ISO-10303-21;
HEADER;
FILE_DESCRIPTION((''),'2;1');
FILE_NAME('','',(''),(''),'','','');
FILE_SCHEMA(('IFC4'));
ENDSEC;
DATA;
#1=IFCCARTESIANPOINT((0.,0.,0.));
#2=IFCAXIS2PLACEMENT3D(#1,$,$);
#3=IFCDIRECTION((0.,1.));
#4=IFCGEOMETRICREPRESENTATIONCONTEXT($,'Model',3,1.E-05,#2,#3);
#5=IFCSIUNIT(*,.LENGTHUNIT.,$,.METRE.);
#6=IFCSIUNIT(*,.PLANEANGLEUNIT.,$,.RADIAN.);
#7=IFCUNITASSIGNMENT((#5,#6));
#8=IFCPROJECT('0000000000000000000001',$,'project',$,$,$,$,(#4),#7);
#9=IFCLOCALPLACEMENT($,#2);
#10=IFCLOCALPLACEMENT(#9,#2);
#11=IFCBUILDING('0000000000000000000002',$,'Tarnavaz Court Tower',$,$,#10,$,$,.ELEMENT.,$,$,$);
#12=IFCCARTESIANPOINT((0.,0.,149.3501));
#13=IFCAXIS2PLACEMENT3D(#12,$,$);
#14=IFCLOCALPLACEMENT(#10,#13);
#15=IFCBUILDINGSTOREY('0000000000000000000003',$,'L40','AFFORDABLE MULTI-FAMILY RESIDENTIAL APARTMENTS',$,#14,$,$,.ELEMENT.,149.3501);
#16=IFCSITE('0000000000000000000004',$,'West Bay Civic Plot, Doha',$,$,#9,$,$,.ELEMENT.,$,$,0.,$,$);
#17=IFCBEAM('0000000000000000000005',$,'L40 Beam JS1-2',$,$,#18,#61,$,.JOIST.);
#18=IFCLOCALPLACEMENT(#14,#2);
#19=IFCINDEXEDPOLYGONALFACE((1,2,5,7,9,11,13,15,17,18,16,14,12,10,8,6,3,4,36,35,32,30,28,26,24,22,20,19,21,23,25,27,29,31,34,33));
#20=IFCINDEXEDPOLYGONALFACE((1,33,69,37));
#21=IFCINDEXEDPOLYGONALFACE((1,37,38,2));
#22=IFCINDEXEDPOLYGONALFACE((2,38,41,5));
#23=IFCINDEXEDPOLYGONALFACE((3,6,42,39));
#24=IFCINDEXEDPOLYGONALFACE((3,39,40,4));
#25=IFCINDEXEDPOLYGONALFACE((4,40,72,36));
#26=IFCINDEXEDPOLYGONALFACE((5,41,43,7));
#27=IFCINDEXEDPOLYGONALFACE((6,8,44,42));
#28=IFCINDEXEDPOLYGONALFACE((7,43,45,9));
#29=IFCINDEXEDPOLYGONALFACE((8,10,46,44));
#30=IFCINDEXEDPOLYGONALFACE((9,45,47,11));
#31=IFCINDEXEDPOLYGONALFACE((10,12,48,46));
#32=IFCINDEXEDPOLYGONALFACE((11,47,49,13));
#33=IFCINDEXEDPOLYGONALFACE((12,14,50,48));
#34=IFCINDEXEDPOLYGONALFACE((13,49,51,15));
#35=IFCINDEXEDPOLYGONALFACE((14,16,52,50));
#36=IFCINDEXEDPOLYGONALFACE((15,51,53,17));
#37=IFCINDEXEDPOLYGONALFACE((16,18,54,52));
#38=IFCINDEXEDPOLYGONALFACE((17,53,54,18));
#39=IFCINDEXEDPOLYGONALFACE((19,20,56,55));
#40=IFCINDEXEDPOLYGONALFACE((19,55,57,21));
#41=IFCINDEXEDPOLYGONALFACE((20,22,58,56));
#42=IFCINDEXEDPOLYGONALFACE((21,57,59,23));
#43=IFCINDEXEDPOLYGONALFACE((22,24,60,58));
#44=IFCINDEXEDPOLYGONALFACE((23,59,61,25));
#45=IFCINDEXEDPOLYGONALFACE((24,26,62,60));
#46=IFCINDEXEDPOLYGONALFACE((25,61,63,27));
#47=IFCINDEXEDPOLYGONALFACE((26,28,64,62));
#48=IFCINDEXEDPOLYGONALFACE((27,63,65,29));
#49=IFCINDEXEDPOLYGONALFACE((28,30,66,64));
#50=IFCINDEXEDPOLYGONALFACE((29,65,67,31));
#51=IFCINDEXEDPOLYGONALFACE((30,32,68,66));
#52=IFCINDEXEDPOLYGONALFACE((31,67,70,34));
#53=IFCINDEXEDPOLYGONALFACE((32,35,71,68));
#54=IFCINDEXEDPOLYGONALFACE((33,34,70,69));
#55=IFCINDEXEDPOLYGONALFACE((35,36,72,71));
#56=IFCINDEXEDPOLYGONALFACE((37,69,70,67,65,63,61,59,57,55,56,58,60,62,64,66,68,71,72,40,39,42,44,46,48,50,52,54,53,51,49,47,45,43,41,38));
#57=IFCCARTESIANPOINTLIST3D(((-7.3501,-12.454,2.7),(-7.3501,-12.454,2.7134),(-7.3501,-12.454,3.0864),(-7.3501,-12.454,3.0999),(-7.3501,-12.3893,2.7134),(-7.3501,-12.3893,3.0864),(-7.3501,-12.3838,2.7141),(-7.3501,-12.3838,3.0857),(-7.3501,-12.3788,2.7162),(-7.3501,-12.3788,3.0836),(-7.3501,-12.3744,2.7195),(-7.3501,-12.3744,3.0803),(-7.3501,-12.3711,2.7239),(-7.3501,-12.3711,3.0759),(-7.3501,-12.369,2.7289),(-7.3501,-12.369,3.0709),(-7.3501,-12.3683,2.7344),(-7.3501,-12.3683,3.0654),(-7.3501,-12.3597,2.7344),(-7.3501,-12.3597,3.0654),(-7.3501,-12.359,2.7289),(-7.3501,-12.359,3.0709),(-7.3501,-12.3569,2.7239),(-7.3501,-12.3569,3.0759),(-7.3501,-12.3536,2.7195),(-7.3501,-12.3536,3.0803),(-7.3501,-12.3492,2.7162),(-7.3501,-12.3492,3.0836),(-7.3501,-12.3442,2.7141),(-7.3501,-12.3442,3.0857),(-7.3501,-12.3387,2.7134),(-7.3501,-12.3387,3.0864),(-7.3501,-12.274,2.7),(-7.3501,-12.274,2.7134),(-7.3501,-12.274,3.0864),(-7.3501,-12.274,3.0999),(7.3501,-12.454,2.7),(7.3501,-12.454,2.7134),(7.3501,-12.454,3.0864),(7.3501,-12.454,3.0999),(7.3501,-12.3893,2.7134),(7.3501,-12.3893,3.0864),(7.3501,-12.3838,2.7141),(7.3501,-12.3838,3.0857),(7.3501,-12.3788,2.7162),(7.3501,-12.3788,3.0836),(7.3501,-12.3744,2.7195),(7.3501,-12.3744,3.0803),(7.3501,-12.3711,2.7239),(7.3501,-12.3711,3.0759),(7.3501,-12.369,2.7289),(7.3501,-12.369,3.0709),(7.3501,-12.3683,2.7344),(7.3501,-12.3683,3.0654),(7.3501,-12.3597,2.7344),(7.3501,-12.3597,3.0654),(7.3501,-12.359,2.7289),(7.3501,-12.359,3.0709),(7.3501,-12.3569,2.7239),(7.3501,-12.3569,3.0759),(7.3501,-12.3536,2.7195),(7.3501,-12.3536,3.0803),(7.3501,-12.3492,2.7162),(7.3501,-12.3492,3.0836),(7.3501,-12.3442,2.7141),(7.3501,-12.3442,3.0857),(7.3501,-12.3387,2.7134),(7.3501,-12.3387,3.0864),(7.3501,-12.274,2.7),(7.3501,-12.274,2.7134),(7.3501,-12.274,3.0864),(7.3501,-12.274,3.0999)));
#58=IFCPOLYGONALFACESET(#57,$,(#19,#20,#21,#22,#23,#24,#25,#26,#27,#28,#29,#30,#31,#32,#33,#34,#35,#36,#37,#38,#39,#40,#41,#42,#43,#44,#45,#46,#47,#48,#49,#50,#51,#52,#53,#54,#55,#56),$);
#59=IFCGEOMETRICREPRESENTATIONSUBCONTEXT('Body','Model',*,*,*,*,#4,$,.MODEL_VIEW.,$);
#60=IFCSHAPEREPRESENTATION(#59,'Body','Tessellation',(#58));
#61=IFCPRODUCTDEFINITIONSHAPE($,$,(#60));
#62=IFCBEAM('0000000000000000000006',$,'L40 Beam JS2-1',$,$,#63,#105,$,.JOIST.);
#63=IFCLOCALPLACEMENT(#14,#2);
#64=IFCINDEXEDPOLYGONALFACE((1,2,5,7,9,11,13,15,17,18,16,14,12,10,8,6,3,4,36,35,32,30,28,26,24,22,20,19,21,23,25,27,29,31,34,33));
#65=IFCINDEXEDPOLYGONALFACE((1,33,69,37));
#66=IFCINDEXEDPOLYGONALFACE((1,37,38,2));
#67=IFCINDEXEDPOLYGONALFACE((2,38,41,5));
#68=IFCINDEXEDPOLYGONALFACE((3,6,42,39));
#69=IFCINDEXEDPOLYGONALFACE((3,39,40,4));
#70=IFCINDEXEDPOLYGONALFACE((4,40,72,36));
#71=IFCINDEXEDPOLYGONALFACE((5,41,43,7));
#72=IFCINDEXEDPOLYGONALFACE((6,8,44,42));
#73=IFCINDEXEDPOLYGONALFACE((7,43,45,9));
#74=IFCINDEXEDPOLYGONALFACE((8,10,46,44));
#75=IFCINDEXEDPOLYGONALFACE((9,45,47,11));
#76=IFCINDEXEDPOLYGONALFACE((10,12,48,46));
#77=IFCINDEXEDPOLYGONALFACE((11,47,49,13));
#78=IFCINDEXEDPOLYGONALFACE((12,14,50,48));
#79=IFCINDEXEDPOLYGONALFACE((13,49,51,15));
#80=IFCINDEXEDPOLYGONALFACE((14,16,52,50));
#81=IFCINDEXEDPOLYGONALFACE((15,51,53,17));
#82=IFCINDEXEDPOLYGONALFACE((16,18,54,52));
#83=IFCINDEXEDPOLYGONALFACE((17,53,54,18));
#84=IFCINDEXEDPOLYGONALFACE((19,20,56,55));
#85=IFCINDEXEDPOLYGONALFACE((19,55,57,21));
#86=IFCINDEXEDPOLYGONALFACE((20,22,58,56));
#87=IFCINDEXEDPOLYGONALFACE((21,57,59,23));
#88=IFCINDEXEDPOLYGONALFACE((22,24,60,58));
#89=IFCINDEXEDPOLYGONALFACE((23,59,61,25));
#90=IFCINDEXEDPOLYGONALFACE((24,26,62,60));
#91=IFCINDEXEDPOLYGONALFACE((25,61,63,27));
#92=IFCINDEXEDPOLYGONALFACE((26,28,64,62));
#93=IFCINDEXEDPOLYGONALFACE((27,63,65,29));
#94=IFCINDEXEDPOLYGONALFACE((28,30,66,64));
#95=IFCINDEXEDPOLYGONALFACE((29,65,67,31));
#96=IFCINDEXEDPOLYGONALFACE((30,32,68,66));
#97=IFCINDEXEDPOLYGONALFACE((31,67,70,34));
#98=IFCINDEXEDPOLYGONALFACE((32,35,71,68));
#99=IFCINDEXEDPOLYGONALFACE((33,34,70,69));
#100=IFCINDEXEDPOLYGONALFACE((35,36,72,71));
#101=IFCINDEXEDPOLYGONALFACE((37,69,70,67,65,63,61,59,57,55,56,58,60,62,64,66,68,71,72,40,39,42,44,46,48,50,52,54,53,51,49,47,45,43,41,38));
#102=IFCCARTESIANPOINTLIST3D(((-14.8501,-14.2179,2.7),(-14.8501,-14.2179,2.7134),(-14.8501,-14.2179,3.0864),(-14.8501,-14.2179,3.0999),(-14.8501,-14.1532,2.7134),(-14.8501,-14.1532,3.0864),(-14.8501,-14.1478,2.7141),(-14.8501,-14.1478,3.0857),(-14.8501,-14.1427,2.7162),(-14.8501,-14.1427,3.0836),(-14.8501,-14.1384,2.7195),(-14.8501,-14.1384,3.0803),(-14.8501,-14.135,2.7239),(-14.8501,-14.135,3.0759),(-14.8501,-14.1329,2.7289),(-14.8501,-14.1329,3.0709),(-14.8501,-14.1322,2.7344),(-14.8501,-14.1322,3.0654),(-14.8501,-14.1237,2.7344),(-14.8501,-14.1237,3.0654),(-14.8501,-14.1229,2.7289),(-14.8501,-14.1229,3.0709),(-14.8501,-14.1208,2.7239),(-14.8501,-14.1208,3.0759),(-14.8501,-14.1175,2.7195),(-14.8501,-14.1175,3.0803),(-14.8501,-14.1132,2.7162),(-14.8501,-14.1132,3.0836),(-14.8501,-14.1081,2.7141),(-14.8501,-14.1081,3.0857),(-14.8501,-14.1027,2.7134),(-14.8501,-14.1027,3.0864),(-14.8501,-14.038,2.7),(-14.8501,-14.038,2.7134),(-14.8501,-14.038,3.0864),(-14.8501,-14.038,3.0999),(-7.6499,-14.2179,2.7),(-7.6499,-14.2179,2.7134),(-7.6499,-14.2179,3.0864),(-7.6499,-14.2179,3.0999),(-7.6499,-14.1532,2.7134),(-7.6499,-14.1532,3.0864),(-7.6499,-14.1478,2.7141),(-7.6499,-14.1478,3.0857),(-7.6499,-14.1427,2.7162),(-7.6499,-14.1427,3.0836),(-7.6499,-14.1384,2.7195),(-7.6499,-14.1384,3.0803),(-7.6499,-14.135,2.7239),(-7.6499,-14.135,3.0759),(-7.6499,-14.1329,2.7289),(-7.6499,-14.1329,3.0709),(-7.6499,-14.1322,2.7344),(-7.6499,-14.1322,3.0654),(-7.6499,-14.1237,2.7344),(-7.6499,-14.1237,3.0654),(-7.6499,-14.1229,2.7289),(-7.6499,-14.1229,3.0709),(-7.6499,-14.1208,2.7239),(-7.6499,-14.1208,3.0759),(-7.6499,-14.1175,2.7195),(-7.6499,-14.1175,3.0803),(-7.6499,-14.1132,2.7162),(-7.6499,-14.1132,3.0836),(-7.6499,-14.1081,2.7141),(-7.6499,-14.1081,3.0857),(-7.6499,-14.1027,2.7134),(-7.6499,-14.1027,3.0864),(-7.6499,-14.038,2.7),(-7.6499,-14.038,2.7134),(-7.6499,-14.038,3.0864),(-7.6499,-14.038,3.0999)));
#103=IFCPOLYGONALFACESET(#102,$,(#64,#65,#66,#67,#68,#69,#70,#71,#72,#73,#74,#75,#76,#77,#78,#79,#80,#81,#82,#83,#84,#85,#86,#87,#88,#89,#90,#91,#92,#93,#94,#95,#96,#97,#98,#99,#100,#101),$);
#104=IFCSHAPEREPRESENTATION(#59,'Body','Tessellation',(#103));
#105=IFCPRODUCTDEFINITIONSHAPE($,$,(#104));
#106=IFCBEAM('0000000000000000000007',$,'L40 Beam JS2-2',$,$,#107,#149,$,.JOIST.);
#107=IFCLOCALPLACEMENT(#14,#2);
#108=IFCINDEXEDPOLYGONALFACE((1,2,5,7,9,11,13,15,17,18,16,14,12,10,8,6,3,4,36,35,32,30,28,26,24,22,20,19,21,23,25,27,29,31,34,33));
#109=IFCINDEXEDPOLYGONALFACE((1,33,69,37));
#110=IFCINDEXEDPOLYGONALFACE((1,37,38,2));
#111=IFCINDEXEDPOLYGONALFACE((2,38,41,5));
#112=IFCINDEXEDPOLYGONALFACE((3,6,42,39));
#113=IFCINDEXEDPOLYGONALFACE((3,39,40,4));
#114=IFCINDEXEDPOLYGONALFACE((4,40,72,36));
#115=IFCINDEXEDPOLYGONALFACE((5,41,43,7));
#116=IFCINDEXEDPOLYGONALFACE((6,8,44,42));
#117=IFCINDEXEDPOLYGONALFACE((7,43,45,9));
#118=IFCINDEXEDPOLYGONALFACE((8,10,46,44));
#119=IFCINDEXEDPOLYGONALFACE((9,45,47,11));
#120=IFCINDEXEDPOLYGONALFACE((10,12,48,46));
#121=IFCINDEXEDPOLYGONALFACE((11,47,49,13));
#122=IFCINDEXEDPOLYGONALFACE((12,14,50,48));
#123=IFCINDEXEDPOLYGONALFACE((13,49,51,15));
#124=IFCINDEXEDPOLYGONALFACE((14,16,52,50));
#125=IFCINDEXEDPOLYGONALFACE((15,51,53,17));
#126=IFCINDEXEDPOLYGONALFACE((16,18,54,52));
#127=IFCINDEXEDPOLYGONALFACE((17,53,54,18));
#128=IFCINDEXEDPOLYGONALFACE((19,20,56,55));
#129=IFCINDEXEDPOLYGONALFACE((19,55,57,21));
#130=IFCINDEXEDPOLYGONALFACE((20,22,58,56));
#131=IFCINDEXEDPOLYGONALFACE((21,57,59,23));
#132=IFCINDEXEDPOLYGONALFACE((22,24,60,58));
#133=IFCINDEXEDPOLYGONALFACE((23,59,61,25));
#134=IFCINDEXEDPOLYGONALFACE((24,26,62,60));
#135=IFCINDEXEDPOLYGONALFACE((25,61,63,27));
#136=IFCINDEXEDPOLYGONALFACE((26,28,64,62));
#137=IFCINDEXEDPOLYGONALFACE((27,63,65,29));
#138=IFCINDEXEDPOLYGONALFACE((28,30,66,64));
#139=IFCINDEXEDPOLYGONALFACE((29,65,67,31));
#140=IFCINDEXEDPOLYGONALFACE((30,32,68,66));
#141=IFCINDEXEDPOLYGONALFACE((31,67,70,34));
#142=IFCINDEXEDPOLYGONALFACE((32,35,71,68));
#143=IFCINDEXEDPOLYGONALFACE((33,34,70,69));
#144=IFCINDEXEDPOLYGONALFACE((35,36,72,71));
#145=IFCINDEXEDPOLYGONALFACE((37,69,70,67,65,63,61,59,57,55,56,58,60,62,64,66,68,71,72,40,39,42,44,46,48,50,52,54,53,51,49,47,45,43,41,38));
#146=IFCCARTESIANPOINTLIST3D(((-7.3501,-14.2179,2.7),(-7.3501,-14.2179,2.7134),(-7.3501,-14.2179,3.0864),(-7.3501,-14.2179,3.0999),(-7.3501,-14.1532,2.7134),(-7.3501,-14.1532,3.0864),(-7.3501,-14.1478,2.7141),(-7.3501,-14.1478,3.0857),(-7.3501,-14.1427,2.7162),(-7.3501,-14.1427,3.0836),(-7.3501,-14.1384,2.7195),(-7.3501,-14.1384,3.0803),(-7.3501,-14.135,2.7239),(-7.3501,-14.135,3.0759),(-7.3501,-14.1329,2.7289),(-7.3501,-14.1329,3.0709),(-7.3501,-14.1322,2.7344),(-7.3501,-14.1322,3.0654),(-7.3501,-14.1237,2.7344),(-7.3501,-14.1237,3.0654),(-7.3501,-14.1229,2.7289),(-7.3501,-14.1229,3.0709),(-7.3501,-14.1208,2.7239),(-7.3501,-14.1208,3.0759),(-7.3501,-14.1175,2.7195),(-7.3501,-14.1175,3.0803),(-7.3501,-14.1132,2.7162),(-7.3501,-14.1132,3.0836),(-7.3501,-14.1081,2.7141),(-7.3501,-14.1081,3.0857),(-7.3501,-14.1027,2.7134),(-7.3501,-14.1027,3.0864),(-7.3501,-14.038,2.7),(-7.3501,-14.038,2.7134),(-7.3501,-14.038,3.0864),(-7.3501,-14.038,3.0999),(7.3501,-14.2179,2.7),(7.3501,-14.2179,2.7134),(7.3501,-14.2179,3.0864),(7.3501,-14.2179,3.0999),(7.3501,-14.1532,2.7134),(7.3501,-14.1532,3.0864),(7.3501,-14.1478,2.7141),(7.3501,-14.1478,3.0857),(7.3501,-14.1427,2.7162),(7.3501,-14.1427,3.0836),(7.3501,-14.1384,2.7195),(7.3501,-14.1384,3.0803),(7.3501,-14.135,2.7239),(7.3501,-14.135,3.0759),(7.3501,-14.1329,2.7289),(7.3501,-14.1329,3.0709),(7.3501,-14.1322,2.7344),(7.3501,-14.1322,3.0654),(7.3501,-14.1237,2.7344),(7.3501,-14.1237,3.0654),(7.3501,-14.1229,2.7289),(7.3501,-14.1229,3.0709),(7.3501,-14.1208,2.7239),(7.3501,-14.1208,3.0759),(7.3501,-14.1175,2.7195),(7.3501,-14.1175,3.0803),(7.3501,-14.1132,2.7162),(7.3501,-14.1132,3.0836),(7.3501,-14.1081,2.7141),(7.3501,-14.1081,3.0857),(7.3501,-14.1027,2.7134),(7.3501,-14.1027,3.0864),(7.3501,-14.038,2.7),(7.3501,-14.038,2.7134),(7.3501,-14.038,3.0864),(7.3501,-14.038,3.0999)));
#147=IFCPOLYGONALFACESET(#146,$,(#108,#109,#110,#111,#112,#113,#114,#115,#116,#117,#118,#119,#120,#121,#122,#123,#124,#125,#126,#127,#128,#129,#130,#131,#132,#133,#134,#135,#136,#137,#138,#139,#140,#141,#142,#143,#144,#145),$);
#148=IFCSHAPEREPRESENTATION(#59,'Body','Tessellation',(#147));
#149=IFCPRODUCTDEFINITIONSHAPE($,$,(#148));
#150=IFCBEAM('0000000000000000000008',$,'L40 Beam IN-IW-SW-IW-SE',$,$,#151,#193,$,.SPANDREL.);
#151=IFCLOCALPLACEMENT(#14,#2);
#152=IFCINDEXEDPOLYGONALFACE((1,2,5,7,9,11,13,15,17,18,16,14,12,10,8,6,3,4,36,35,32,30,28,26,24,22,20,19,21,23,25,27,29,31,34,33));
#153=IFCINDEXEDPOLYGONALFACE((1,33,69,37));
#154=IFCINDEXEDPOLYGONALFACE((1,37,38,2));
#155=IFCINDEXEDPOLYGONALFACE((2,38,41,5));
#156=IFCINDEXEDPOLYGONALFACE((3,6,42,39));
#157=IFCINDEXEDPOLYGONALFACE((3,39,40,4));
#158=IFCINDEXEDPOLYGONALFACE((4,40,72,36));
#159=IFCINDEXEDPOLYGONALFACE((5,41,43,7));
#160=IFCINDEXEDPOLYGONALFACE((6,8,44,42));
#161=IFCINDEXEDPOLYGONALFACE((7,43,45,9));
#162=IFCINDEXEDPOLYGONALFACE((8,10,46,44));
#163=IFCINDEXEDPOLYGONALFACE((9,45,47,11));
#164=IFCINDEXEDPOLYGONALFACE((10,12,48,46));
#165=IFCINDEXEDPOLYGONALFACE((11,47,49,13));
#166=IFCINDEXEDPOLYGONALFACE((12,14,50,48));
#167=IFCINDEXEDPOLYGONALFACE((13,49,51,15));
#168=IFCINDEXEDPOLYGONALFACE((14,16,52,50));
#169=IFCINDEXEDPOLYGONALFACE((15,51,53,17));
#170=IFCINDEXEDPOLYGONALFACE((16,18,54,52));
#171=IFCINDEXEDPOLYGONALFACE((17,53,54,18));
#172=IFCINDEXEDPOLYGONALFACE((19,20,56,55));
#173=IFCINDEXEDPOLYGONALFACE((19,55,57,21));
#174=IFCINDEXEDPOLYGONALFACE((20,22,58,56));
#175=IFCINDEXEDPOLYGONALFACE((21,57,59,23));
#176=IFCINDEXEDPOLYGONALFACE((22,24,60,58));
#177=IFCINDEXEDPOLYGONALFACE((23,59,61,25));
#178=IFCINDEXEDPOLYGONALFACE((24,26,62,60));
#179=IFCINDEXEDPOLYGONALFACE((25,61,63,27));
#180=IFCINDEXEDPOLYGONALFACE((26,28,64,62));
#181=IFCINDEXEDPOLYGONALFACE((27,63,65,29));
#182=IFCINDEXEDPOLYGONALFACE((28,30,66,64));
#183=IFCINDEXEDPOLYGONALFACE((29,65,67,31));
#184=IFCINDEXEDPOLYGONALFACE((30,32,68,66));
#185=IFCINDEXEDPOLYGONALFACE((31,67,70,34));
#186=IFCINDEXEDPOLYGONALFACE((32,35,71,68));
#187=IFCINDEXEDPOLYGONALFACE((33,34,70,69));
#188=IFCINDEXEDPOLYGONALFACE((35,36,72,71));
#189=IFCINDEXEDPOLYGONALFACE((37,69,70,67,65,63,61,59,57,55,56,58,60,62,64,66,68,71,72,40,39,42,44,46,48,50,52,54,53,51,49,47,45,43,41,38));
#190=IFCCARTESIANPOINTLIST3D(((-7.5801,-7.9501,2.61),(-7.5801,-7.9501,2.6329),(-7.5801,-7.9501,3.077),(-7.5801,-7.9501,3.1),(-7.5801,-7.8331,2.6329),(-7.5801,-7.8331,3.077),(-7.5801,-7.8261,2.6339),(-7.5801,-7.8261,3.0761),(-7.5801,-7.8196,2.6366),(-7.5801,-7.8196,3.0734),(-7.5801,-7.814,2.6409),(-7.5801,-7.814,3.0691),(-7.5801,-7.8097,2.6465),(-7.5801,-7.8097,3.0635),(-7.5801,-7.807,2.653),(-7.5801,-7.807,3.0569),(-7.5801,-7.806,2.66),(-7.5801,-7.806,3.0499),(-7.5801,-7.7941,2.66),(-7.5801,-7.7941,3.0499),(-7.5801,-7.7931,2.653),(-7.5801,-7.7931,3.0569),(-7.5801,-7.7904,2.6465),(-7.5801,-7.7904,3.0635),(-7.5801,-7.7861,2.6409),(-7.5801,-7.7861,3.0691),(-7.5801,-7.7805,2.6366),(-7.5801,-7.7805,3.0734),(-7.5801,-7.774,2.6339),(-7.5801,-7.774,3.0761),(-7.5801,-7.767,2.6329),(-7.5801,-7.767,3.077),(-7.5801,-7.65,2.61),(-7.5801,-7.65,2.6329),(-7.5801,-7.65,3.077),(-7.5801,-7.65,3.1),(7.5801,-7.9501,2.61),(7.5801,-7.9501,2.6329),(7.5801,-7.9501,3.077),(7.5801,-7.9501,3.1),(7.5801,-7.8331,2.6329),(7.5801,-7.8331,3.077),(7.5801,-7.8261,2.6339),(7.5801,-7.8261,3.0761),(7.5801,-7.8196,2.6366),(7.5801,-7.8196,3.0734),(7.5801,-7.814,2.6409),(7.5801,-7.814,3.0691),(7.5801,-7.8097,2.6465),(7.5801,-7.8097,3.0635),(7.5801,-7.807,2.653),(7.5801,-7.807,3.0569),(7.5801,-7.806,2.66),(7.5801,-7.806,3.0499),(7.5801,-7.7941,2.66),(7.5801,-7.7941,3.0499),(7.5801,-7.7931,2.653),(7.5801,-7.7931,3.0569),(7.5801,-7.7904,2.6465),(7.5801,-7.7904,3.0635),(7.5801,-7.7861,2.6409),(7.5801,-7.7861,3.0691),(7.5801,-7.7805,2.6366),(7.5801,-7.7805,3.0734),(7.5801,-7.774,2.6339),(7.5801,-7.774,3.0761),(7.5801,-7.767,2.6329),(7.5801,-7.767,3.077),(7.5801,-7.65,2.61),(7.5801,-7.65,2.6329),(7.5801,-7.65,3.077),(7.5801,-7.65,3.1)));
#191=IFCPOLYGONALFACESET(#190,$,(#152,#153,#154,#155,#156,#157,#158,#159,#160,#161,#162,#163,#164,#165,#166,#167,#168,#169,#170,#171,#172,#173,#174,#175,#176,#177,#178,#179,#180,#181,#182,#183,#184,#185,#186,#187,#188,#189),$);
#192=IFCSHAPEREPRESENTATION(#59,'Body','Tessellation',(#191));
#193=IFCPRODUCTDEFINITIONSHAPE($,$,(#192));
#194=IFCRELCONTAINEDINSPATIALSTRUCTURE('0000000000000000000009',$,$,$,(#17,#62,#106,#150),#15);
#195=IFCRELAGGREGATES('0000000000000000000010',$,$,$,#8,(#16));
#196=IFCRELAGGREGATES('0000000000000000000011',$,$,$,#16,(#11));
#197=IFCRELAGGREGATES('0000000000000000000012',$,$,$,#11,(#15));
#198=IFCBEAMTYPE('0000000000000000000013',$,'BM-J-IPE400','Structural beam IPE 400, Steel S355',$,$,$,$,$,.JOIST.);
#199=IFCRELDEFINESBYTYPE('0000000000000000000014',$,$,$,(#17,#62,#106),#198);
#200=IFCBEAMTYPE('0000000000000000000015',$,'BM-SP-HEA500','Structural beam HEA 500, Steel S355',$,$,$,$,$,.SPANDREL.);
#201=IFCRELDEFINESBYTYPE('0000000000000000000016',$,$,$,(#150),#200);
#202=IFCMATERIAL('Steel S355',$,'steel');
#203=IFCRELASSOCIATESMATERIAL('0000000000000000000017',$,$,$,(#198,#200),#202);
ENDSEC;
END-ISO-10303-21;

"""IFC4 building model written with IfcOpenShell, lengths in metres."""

from ifc_helpers import new_model, si_unit, direction, frame, origin, origin_2d, place, context, subcontext, project, spatial, i_section, extrude, material, material_profile, profile_set, type_object, element, save


model = new_model("IFC4")

# Units and contexts
model_context = context("Model", 3, precision=1e-05, world=origin(), true_north=direction((0.0, 1.0)))
body_context = subcontext(model_context, "Body", "Model", "MODEL_VIEW")
ifc_project = project(units=[si_unit("LENGTHUNIT", "METRE"), si_unit("PLANEANGLEUNIT", "RADIAN")], contexts=[model_context])

# Site, building, storey
site_placement = place(None, origin())
site = spatial("IfcSite", under=ifc_project, at=site_placement, Name="West Bay Civic Plot, Doha", CompositionType="ELEMENT", RefElevation=0.0)
building_placement = place(site_placement, origin())
building = spatial("IfcBuilding", under=site, at=building_placement, Name="Tarnavaz Court Tower", CompositionType="ELEMENT")
storey_placement = place(building_placement, frame((0.0, 0.0, 149.3501)))
storey = spatial("IfcBuildingStorey", under=building, at=storey_placement, Name="L40", Description="AFFORDABLE MULTI-FAMILY RESIDENTIAL APARTMENTS", CompositionType="ELEMENT", Elevation=149.3501)

# Beams
ifc_material_1 = material(Name="Steel S355", Category="steel")
ifc_material_profile_1 = material_profile(ifc_material_1, i_section(OverallWidth=0.1799, OverallDepth=0.3999, WebThickness=0.0085, FlangeThickness=0.0134, FilletRadius=0.021, at=origin_2d()), Name="IPE 400")
ifc_profile_set_1 = profile_set([ifc_material_profile_1], Name="Steel S355")
beam_type_1 = type_object("IfcBeamType", Name="BM-J-IPE400", Description="Structural beam IPE 400, Steel S355", PredefinedType="JOIST", material=ifc_profile_set_1)
beam_1_placement = place(storey_placement, frame((-7.3501, -12.364, 2.8999), z_axis=(1.0, 0.0, 0.0), x_axis=(0.0, 1.0, 0.0)))
element("IfcBeam", 1, at=beam_1_placement, inside=storey, type_object=beam_type_1, Name="L40 Beam JS1-2", PredefinedType="JOIST", context=body_context, shape_type="SweptSolid", body=[
    extrude(i_section(OverallWidth=0.1799, OverallDepth=0.3999, WebThickness=0.0085, FlangeThickness=0.0134, FilletRadius=0.021, at=origin_2d()), origin(), (0.0, 0.0, 1.0), 14.7002),
])
beam_2_placement = place(storey_placement, frame((-14.8501, -14.1279, 2.8999), z_axis=(1.0, 0.0, 0.0), x_axis=(0.0, 1.0, 0.0)))
element("IfcBeam", 2, at=beam_2_placement, inside=storey, type_object=beam_type_1, Name="L40 Beam JS2-1", PredefinedType="JOIST", context=body_context, shape_type="SweptSolid", body=[
    extrude(i_section(OverallWidth=0.1799, OverallDepth=0.3999, WebThickness=0.0085, FlangeThickness=0.0134, FilletRadius=0.021, at=origin_2d()), origin(), (0.0, 0.0, 1.0), 7.2002),
])
beam_3_placement = place(storey_placement, frame((-7.3501, -14.1279, 2.8999), z_axis=(1.0, 0.0, 0.0), x_axis=(0.0, 1.0, 0.0)))
element("IfcBeam", 3, at=beam_3_placement, inside=storey, type_object=beam_type_1, Name="L40 Beam JS2-2", PredefinedType="JOIST", context=body_context, shape_type="SweptSolid", body=[
    extrude(i_section(OverallWidth=0.1799, OverallDepth=0.3999, WebThickness=0.0085, FlangeThickness=0.0134, FilletRadius=0.021, at=origin_2d()), origin(), (0.0, 0.0, 1.0), 14.7002),
])
ifc_material_profile_2 = material_profile(ifc_material_1, i_section(OverallWidth=0.3, OverallDepth=0.49, WebThickness=0.012, FlangeThickness=0.0229, FilletRadius=0.0271, at=origin_2d()), Name="HEA 500")
ifc_profile_set_2 = profile_set([ifc_material_profile_2], Name="Steel S355")
beam_type_2 = type_object("IfcBeamType", Name="BM-SP-HEA500", Description="Structural beam HEA 500, Steel S355", PredefinedType="SPANDREL", material=ifc_profile_set_2)
for number, where, z_axis, x_axis, name in (
    (4, (-7.5801, -7.8, 2.855), (1.0, 0.0, 0.0), (0.0, 1.0, 0.0), "L40 Beam IN-IW-SW-IW-SE"),
):
    element("IfcBeam", number, at=place(storey_placement, frame(where, z_axis=z_axis, x_axis=x_axis)), inside=storey, type_object=beam_type_2, Name=name, PredefinedType="SPANDREL", context=body_context, shape_type="SweptSolid", body=[
        extrude(i_section(OverallWidth=0.3, OverallDepth=0.49, WebThickness=0.012, FlangeThickness=0.0229, FilletRadius=0.0271, at=origin_2d()), origin(), (0.0, 0.0, 1.0), 15.1602),
    ])

save(model, "model.ifc")
